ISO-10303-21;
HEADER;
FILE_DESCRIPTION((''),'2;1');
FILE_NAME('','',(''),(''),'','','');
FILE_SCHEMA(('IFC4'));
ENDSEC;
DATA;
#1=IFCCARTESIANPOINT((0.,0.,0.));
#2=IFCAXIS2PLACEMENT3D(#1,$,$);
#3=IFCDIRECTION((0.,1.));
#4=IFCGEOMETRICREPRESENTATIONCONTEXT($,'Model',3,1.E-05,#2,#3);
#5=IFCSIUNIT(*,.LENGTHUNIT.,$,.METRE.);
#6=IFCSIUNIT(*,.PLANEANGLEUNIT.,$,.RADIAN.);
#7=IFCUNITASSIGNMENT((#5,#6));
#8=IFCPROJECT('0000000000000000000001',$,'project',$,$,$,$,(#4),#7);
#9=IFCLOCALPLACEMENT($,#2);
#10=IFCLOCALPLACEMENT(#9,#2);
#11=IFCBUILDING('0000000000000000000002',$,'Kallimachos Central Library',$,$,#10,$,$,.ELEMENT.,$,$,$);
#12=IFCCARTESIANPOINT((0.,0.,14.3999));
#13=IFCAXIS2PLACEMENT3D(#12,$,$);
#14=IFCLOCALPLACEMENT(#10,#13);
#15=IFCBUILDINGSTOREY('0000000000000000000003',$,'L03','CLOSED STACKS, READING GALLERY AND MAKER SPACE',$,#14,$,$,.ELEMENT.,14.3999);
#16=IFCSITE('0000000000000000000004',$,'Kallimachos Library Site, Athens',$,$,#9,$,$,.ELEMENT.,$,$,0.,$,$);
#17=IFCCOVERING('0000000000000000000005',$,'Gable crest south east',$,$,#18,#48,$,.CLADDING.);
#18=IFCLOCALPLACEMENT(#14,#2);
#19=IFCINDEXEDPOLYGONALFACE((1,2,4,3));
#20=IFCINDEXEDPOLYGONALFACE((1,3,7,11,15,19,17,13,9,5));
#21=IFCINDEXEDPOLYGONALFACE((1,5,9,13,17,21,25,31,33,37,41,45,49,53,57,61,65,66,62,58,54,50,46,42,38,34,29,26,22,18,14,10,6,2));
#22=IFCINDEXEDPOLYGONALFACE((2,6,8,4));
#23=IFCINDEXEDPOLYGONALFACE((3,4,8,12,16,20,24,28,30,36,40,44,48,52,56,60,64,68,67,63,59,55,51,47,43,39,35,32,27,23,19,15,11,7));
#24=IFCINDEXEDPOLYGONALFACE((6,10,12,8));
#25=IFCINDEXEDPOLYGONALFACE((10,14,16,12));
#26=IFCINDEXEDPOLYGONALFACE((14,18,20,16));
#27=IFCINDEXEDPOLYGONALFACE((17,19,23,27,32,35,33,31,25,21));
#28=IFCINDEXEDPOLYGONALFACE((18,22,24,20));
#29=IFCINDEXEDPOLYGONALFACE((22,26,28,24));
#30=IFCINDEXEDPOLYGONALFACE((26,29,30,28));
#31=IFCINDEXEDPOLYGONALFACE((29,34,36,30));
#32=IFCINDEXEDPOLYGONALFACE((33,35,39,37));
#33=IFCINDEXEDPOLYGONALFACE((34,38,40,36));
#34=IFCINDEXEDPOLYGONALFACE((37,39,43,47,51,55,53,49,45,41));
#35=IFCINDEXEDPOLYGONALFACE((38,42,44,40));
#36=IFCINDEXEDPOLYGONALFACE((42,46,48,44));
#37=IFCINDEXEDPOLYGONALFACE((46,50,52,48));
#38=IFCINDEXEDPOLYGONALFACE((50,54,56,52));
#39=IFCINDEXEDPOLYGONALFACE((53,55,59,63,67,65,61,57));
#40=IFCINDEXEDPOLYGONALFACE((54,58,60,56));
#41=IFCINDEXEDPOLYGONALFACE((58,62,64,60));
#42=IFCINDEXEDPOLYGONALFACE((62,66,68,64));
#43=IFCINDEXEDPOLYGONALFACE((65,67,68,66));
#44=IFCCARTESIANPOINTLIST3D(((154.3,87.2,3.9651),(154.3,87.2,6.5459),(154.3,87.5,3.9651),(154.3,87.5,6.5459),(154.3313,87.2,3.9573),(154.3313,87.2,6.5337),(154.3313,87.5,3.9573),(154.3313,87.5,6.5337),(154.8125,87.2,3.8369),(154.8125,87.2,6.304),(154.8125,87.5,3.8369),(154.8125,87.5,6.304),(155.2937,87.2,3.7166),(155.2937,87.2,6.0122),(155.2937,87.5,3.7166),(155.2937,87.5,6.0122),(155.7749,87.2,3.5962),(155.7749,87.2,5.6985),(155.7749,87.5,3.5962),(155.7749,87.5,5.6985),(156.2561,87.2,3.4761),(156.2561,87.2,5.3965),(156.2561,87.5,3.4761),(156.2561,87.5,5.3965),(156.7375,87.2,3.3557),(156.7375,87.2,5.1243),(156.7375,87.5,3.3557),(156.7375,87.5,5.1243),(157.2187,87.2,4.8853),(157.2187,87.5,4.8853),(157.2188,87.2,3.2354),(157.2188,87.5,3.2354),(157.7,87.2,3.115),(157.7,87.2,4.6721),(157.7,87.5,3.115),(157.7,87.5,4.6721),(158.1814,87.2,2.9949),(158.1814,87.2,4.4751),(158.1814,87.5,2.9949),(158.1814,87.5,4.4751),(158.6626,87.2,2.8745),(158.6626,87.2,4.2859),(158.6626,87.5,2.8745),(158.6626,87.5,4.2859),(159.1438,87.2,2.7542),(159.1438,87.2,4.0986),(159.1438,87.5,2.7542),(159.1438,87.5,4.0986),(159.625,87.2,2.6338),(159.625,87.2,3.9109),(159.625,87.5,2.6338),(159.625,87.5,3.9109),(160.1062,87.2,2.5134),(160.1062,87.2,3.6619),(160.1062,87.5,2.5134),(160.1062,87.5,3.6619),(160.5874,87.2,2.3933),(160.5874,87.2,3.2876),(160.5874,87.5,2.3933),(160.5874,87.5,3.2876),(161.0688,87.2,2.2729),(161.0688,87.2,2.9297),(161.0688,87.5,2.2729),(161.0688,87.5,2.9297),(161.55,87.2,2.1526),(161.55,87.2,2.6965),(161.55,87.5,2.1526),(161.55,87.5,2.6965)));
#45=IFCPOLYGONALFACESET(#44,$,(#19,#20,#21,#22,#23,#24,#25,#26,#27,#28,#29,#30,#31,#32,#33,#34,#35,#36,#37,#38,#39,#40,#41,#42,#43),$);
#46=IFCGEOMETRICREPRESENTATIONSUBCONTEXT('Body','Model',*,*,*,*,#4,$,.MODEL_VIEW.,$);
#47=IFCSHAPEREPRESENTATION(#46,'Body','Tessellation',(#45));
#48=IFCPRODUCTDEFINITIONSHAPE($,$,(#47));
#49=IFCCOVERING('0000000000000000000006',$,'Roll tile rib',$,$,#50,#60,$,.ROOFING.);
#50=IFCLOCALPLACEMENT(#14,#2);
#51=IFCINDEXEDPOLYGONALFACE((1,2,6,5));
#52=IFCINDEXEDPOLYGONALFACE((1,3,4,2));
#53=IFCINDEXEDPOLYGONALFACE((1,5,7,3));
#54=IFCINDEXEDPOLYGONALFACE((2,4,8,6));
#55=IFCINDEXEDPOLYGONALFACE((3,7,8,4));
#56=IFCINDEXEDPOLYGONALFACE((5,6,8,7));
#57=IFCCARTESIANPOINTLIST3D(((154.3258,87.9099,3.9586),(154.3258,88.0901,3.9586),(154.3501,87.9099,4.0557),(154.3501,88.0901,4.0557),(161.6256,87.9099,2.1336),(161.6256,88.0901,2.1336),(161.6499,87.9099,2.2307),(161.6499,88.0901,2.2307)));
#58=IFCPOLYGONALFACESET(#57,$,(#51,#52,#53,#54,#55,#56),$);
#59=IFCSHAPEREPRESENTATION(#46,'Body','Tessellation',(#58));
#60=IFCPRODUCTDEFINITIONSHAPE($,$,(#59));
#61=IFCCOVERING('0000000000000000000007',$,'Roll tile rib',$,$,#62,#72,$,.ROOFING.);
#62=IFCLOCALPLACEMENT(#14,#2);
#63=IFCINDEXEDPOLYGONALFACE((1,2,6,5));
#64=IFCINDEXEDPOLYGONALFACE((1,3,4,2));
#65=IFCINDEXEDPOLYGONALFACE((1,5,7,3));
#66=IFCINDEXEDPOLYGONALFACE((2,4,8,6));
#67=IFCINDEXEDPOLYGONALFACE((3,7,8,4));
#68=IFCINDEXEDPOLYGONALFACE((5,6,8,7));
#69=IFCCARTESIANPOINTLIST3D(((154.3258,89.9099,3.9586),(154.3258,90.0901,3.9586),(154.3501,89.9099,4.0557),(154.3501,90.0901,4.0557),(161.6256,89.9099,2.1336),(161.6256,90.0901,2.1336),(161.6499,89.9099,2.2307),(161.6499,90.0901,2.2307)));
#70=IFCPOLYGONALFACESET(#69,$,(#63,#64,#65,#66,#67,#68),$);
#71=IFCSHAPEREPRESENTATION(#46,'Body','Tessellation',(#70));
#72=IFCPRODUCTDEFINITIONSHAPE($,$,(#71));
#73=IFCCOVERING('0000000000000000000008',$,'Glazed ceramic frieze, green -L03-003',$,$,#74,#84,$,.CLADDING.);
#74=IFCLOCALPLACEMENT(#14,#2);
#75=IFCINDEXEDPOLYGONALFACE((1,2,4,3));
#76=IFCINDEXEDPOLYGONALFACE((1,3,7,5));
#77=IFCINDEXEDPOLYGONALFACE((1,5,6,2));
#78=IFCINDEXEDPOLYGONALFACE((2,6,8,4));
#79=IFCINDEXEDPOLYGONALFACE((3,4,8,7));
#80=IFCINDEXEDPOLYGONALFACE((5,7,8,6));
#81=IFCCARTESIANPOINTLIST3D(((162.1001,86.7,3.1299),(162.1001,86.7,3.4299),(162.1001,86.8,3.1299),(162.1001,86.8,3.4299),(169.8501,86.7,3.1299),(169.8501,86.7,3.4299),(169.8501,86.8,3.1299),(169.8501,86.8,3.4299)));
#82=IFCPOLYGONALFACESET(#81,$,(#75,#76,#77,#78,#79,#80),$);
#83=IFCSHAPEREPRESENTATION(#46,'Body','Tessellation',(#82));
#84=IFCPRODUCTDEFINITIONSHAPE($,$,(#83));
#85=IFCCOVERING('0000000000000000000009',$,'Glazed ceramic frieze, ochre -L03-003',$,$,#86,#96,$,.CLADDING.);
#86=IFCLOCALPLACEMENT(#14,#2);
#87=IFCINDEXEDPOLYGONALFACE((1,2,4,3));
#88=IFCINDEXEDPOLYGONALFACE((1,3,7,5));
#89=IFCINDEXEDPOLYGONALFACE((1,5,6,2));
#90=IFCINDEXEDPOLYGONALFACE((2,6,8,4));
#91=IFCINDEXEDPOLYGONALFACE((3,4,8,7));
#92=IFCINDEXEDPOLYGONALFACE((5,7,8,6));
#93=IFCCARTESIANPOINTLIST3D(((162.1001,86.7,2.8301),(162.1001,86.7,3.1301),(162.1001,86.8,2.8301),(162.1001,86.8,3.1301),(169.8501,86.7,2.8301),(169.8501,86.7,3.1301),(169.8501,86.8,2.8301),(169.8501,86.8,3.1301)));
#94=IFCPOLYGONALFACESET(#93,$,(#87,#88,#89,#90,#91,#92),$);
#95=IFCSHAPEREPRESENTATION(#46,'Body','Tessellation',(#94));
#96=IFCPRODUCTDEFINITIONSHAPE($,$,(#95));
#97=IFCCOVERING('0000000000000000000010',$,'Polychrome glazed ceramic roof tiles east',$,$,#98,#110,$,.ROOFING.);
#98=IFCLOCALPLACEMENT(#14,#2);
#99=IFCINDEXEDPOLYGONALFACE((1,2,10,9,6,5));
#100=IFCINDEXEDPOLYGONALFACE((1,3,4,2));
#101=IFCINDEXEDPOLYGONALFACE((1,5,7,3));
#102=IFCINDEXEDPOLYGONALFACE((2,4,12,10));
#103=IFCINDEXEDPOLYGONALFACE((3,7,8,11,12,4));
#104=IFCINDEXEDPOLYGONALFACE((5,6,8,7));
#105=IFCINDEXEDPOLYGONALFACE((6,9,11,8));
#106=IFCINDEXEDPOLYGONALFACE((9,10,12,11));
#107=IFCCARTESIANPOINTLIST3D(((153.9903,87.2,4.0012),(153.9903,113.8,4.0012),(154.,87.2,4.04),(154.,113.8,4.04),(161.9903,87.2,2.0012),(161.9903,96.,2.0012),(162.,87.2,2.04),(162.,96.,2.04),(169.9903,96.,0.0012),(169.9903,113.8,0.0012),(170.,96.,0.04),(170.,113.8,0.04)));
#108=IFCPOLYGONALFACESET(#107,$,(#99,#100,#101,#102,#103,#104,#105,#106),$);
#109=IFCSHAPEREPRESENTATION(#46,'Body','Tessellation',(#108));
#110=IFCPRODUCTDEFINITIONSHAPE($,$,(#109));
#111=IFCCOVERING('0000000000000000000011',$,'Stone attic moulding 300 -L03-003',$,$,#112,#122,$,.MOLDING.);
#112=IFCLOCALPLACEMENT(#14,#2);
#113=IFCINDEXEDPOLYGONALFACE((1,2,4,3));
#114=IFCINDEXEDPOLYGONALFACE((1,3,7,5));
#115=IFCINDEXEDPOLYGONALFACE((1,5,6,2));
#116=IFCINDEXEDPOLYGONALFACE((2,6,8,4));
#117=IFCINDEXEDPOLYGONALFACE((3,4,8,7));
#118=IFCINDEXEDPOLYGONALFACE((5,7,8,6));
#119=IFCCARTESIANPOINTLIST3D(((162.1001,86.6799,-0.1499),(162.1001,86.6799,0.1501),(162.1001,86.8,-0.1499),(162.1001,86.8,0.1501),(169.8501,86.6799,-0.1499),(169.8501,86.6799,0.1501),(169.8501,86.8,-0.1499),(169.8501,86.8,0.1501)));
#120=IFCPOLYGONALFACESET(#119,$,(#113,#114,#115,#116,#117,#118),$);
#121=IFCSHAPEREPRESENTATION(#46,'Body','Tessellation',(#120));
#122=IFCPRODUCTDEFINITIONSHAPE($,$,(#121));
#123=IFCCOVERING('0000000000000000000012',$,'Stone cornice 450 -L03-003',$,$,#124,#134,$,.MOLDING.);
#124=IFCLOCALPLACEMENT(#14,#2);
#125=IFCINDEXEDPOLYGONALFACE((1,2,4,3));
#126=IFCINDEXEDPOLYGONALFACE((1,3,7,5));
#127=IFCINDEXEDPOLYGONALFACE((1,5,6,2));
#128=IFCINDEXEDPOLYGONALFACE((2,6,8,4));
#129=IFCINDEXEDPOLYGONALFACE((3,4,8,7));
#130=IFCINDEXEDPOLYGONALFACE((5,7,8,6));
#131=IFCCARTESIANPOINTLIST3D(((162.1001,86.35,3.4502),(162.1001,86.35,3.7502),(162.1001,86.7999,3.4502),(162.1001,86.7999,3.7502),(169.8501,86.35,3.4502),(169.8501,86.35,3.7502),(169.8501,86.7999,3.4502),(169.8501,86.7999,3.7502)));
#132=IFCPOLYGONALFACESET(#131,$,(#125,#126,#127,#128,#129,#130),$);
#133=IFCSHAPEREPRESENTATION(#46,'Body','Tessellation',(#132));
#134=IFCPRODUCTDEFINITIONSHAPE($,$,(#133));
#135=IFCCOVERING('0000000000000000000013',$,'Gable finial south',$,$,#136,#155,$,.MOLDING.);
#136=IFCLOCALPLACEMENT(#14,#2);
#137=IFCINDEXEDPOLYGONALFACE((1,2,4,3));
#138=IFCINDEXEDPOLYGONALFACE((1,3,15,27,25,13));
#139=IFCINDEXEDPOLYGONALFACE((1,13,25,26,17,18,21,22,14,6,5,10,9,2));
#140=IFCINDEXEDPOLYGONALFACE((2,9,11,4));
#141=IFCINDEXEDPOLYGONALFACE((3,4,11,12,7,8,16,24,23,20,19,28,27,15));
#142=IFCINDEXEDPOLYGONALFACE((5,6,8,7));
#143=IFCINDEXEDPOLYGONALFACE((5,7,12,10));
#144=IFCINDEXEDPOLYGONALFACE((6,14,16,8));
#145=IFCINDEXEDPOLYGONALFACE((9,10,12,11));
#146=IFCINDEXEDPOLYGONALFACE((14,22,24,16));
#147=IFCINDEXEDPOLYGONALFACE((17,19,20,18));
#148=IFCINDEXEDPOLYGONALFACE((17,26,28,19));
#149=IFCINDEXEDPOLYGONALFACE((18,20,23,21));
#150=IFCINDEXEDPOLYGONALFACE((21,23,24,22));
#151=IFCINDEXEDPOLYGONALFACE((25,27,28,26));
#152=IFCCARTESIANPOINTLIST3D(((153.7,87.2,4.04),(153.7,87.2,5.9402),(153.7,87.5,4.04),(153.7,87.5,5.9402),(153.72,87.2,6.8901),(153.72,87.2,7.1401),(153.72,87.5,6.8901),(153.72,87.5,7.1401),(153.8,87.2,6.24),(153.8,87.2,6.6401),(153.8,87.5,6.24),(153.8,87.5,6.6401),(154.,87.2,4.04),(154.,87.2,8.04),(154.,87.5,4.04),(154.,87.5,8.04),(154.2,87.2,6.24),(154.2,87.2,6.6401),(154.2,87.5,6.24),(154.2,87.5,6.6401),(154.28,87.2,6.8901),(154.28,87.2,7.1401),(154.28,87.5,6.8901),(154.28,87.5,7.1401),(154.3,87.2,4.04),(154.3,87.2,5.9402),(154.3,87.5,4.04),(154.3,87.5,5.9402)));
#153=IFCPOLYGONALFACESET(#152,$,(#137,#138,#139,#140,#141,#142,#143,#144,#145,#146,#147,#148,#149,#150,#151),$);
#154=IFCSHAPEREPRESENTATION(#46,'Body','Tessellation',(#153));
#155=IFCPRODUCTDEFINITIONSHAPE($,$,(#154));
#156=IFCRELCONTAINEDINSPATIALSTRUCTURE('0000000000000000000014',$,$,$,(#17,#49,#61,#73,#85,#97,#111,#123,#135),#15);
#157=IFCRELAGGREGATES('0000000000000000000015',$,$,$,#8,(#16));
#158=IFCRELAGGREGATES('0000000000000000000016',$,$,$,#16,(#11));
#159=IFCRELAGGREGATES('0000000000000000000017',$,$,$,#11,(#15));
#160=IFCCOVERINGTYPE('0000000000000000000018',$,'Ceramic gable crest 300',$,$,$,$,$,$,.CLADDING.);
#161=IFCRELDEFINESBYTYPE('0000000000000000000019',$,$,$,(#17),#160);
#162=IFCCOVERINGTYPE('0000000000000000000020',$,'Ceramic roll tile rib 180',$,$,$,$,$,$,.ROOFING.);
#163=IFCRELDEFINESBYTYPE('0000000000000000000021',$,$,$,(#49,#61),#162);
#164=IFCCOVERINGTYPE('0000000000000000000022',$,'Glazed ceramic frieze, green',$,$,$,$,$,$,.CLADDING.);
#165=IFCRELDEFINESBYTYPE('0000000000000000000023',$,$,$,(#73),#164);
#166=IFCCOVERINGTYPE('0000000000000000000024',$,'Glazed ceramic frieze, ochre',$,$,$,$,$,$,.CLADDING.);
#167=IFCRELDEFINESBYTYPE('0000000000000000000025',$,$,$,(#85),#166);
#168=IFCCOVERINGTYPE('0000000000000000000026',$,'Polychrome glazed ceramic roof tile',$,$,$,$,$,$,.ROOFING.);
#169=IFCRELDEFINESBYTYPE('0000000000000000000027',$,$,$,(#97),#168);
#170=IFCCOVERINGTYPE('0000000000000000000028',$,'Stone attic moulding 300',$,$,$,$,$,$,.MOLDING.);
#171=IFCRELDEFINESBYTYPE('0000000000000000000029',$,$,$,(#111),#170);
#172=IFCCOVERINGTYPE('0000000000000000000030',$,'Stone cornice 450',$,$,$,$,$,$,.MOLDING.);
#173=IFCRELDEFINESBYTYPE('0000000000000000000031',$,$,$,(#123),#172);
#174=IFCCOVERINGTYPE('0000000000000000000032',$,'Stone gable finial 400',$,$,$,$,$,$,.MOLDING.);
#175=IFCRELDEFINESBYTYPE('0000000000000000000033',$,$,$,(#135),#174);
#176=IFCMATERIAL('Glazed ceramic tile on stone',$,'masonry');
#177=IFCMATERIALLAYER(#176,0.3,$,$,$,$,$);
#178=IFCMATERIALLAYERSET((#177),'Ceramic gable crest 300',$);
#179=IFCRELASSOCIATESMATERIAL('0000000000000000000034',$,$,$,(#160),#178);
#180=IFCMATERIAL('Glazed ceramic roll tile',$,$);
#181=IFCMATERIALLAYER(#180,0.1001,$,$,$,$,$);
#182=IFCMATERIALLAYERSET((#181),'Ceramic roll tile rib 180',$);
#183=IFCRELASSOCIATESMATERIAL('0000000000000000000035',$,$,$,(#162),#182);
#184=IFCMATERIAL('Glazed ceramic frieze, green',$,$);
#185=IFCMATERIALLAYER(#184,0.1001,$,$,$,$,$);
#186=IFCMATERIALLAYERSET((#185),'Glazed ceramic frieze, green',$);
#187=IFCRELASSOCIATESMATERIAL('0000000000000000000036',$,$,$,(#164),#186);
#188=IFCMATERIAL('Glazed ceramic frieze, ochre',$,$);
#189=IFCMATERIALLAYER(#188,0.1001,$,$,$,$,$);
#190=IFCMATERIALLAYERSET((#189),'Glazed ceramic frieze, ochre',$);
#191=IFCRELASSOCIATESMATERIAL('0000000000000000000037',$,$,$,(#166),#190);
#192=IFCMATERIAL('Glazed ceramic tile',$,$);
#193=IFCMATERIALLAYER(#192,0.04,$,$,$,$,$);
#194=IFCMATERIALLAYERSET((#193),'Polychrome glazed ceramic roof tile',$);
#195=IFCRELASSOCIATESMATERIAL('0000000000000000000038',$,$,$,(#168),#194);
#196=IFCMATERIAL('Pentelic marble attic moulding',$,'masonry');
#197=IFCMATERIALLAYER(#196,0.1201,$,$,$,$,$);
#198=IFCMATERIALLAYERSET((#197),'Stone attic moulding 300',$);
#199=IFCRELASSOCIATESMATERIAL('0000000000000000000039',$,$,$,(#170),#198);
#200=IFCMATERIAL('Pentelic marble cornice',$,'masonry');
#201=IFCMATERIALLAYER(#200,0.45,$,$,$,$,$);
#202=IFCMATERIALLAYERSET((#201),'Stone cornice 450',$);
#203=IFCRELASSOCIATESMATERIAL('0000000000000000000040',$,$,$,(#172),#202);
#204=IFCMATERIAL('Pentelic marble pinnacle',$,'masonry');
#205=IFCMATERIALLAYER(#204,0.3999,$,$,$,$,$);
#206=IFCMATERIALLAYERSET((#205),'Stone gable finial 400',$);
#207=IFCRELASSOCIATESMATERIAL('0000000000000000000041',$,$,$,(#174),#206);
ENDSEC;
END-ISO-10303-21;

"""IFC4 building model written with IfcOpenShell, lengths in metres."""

from ifc_helpers import new_model, si_unit, direction, frame, origin, origin_2d, place, context, subcontext, project, spatial, polyline, rectangle, outline, extrude, material, layer, layer_set, type_object, element, save


model = new_model("IFC4")

# Units and contexts
model_context = context("Model", 3, precision=1e-05, world=origin(), true_north=direction((0.0, 1.0)))
body_context = subcontext(model_context, "Body", "Model", "MODEL_VIEW")
ifc_project = project(units=[si_unit("LENGTHUNIT", "METRE"), si_unit("PLANEANGLEUNIT", "RADIAN")], contexts=[model_context])

# Site, building, storey
site_placement = place(None, origin())
site = spatial("IfcSite", under=ifc_project, at=site_placement, Name="Kallimachos Library Site, Athens", CompositionType="ELEMENT", RefElevation=0.0)
building_placement = place(site_placement, origin())
building = spatial("IfcBuilding", under=site, at=building_placement, Name="Kallimachos Central Library", CompositionType="ELEMENT")
storey_placement = place(building_placement, frame((0.0, 0.0, 14.3999)))
storey = spatial("IfcBuildingStorey", under=building, at=storey_placement, Name="L03", Description="CLOSED STACKS, READING GALLERY AND MAKER SPACE", CompositionType="ELEMENT", Elevation=14.3999)

# Coverings
ifc_material_1 = material(Name="Glazed ceramic tile on stone", Category="masonry")
ifc_layer_1 = layer(ifc_material_1, 0.3)
ifc_layer_set_1 = layer_set([ifc_layer_1], Name="Ceramic gable crest 300")
covering_type_1 = type_object("IfcCoveringType", Name="Ceramic gable crest 300", PredefinedType="CLADDING", material=ifc_layer_set_1)
covering_1_placement = place(storey_placement, frame((154.3, 87.2, 3.9651), z_axis=(0.0, -1.0, 0.0), x_axis=(0.970143, 0.0, -0.242536)))
element("IfcCovering", 1, at=covering_1_placement, inside=storey, type_object=covering_type_1, Name="Gable crest south east", PredefinedType="CLADDING", context=body_context, shape_type="SweptSolid", body=[
    extrude(outline(polyline([(0.0, 0.0), (0.0322, 0.0), (0.5282, -0.0001), (1.0243, -0.0001), (1.5203, -0.0002), (2.0163, 0.0), (2.5125, 0.0), (3.0085, -0.0001), (3.5046, -0.0001), (4.0008, 0.0001), (4.4968, 0.0001), (4.9928, 0.0), (5.4888, -0.0001), (5.9849, -0.0001), (6.4808, 0.0001), (6.9771, 0.0001), (7.4731, 0.0), (7.3412, 0.5277), (6.8178, 0.6372), (6.2639, 0.8676), (5.7063, 1.114), (5.1791, 1.2389), (4.6667, 1.3043), (4.1545, 1.3693), (3.6418, 1.4361), (3.1269, 1.5105), (2.6084, 1.6006), (2.0836, 1.7158), (1.5505, 1.8631), (1.0104, 2.0393), (0.4675, 2.227), (-0.0701, 2.3933), (-0.5927, 2.4995), (-0.6259, 2.5038), (0.0, 0.0)])), origin(), (0.0, 0.0, -1.0), 0.3),
])
ifc_material_2 = material(Name="Glazed ceramic roll tile")
ifc_layer_2 = layer(ifc_material_2, 0.1001)
ifc_layer_set_2 = layer_set([ifc_layer_2], Name="Ceramic roll tile rib 180")
covering_type_2 = type_object("IfcCoveringType", Name="Ceramic roll tile rib 180", PredefinedType="ROOFING", material=ifc_layer_set_2)
for number, where, z_axis, x_axis, name in (
    (2, (154.3501, 87.9099, 4.0557), (0.242536, 0.0, 0.970143), (0.970143, 0.0, -0.242536), "Roll tile rib"),
    (3, (154.3501, 89.9099, 4.0557), (0.242536, 0.0, 0.970143), (0.970143, 0.0, -0.242536), "Roll tile rib"),
):
    element("IfcCovering", number, at=place(storey_placement, frame(where, z_axis=z_axis, x_axis=x_axis)), inside=storey, type_object=covering_type_2, Name=name, PredefinedType="ROOFING", context=body_context, shape_type="SweptSolid", body=[
        extrude(outline(polyline([(0.0, 0.0), (7.5245, 0.0), (7.5245, 0.1802), (0.0, 0.1802), (0.0, 0.0)])), origin(), (0.0, 0.0, -1.0), 0.1001),
    ])
ifc_material_3 = material(Name="Glazed ceramic frieze, green")
ifc_layer_3 = layer(ifc_material_3, 0.1001)
ifc_layer_set_3 = layer_set([ifc_layer_3], Name="Glazed ceramic frieze, green")
covering_type_3 = type_object("IfcCoveringType", Name="Glazed ceramic frieze, green", PredefinedType="CLADDING", material=ifc_layer_set_3)
covering_2_placement = place(storey_placement, frame((165.9751, 86.75, 3.1299), z_axis=(0.0, 0.0, 1.0), x_axis=(1.0, 0.0, 0.0)))
element("IfcCovering", 4, at=covering_2_placement, inside=storey, type_object=covering_type_3, Name="Glazed ceramic frieze, green -L03-003", PredefinedType="CLADDING", context=body_context, shape_type="SweptSolid", body=[
    extrude(rectangle(XDim=7.75, YDim=0.1001, at=origin_2d()), origin(), (0.0, 0.0, 1.0), 0.3),
])
ifc_material_4 = material(Name="Glazed ceramic frieze, ochre")
ifc_layer_4 = layer(ifc_material_4, 0.1001)
ifc_layer_set_4 = layer_set([ifc_layer_4], Name="Glazed ceramic frieze, ochre")
covering_type_4 = type_object("IfcCoveringType", Name="Glazed ceramic frieze, ochre", PredefinedType="CLADDING", material=ifc_layer_set_4)
covering_3_placement = place(storey_placement, frame((165.9751, 86.75, 2.8301), z_axis=(0.0, 0.0, 1.0), x_axis=(1.0, 0.0, 0.0)))
element("IfcCovering", 5, at=covering_3_placement, inside=storey, type_object=covering_type_4, Name="Glazed ceramic frieze, ochre -L03-003", PredefinedType="CLADDING", context=body_context, shape_type="SweptSolid", body=[
    extrude(rectangle(XDim=7.75, YDim=0.1001, at=origin_2d()), origin(), (0.0, 0.0, 1.0), 0.3),
])
ifc_material_5 = material(Name="Glazed ceramic tile")
ifc_layer_5 = layer(ifc_material_5, 0.04)
ifc_layer_set_5 = layer_set([ifc_layer_5], Name="Polychrome glazed ceramic roof tile")
covering_type_5 = type_object("IfcCoveringType", Name="Polychrome glazed ceramic roof tile", PredefinedType="ROOFING", material=ifc_layer_set_5)
covering_4_placement = place(storey_placement, frame((154.0, 87.2, 4.04), z_axis=(0.242536, 0.0, 0.970143), x_axis=(0.970143, 0.0, -0.242536)))
element("IfcCovering", 6, at=covering_4_placement, inside=storey, type_object=covering_type_5, Name="Polychrome glazed ceramic roof tiles east", PredefinedType="ROOFING", context=body_context, shape_type="SweptSolid", body=[
    extrude(outline(polyline([(0.0, 0.0), (8.2462, 0.0), (8.2462, 8.8), (16.4924, 8.8), (16.4924, 26.6001), (0.0, 26.6001), (0.0, 0.0)])), origin(), (0.0, 0.0, -1.0), 0.04),
])
ifc_material_6 = material(Name="Pentelic marble attic moulding", Category="masonry")
ifc_layer_6 = layer(ifc_material_6, 0.1201)
ifc_layer_set_6 = layer_set([ifc_layer_6], Name="Stone attic moulding 300")
covering_type_6 = type_object("IfcCoveringType", Name="Stone attic moulding 300", PredefinedType="MOLDING", material=ifc_layer_set_6)
covering_5_placement = place(storey_placement, frame((165.9751, 86.74, -0.1499), z_axis=(0.0, 0.0, 1.0), x_axis=(1.0, 0.0, 0.0)))
element("IfcCovering", 7, at=covering_5_placement, inside=storey, type_object=covering_type_6, Name="Stone attic moulding 300 -L03-003", PredefinedType="MOLDING", context=body_context, shape_type="SweptSolid", body=[
    extrude(rectangle(XDim=7.75, YDim=0.1201, at=origin_2d()), origin(), (0.0, 0.0, 1.0), 0.3),
])
ifc_material_7 = material(Name="Pentelic marble cornice", Category="masonry")
ifc_layer_7 = layer(ifc_material_7, 0.45)
ifc_layer_set_7 = layer_set([ifc_layer_7], Name="Stone cornice 450")
covering_type_7 = type_object("IfcCoveringType", Name="Stone cornice 450", PredefinedType="MOLDING", material=ifc_layer_set_7)
covering_6_placement = place(storey_placement, frame((165.9751, 86.575, 3.4502), z_axis=(0.0, 0.0, 1.0), x_axis=(1.0, 0.0, 0.0)))
element("IfcCovering", 8, at=covering_6_placement, inside=storey, type_object=covering_type_7, Name="Stone cornice 450 -L03-003", PredefinedType="MOLDING", context=body_context, shape_type="SweptSolid", body=[
    extrude(rectangle(XDim=7.75, YDim=0.45, at=origin_2d()), origin(), (0.0, 0.0, 1.0), 0.3),
])
ifc_material_8 = material(Name="Pentelic marble pinnacle", Category="masonry")
ifc_layer_8 = layer(ifc_material_8, 0.3999)
ifc_layer_set_8 = layer_set([ifc_layer_8], Name="Stone gable finial 400")
covering_type_8 = type_object("IfcCoveringType", Name="Stone gable finial 400", PredefinedType="MOLDING", material=ifc_layer_set_8)
covering_7_placement = place(storey_placement, frame((154.0, 87.2, 4.04), z_axis=(0.0, -1.0, 0.0), x_axis=(1.0, 0.0, 0.0)))
element("IfcCovering", 9, at=covering_7_placement, inside=storey, type_object=covering_type_8, Name="Gable finial south", PredefinedType="MOLDING", context=body_context, shape_type="SweptSolid", body=[
    extrude(outline(polyline([(0.0, 0.0), (0.3, 0.0), (0.3, 1.9001), (0.2, 2.2), (0.2, 2.6001), (0.28, 2.8501), (0.28, 3.1001), (0.0, 4.0), (-0.28, 3.1001), (-0.28, 2.8501), (-0.2, 2.6001), (-0.2, 2.2), (-0.3, 1.9001), (-0.3, 0.0), (0.0, 0.0)])), origin(), (0.0, 0.0, -1.0), 0.3),
])

save(model, "model.ifc")
